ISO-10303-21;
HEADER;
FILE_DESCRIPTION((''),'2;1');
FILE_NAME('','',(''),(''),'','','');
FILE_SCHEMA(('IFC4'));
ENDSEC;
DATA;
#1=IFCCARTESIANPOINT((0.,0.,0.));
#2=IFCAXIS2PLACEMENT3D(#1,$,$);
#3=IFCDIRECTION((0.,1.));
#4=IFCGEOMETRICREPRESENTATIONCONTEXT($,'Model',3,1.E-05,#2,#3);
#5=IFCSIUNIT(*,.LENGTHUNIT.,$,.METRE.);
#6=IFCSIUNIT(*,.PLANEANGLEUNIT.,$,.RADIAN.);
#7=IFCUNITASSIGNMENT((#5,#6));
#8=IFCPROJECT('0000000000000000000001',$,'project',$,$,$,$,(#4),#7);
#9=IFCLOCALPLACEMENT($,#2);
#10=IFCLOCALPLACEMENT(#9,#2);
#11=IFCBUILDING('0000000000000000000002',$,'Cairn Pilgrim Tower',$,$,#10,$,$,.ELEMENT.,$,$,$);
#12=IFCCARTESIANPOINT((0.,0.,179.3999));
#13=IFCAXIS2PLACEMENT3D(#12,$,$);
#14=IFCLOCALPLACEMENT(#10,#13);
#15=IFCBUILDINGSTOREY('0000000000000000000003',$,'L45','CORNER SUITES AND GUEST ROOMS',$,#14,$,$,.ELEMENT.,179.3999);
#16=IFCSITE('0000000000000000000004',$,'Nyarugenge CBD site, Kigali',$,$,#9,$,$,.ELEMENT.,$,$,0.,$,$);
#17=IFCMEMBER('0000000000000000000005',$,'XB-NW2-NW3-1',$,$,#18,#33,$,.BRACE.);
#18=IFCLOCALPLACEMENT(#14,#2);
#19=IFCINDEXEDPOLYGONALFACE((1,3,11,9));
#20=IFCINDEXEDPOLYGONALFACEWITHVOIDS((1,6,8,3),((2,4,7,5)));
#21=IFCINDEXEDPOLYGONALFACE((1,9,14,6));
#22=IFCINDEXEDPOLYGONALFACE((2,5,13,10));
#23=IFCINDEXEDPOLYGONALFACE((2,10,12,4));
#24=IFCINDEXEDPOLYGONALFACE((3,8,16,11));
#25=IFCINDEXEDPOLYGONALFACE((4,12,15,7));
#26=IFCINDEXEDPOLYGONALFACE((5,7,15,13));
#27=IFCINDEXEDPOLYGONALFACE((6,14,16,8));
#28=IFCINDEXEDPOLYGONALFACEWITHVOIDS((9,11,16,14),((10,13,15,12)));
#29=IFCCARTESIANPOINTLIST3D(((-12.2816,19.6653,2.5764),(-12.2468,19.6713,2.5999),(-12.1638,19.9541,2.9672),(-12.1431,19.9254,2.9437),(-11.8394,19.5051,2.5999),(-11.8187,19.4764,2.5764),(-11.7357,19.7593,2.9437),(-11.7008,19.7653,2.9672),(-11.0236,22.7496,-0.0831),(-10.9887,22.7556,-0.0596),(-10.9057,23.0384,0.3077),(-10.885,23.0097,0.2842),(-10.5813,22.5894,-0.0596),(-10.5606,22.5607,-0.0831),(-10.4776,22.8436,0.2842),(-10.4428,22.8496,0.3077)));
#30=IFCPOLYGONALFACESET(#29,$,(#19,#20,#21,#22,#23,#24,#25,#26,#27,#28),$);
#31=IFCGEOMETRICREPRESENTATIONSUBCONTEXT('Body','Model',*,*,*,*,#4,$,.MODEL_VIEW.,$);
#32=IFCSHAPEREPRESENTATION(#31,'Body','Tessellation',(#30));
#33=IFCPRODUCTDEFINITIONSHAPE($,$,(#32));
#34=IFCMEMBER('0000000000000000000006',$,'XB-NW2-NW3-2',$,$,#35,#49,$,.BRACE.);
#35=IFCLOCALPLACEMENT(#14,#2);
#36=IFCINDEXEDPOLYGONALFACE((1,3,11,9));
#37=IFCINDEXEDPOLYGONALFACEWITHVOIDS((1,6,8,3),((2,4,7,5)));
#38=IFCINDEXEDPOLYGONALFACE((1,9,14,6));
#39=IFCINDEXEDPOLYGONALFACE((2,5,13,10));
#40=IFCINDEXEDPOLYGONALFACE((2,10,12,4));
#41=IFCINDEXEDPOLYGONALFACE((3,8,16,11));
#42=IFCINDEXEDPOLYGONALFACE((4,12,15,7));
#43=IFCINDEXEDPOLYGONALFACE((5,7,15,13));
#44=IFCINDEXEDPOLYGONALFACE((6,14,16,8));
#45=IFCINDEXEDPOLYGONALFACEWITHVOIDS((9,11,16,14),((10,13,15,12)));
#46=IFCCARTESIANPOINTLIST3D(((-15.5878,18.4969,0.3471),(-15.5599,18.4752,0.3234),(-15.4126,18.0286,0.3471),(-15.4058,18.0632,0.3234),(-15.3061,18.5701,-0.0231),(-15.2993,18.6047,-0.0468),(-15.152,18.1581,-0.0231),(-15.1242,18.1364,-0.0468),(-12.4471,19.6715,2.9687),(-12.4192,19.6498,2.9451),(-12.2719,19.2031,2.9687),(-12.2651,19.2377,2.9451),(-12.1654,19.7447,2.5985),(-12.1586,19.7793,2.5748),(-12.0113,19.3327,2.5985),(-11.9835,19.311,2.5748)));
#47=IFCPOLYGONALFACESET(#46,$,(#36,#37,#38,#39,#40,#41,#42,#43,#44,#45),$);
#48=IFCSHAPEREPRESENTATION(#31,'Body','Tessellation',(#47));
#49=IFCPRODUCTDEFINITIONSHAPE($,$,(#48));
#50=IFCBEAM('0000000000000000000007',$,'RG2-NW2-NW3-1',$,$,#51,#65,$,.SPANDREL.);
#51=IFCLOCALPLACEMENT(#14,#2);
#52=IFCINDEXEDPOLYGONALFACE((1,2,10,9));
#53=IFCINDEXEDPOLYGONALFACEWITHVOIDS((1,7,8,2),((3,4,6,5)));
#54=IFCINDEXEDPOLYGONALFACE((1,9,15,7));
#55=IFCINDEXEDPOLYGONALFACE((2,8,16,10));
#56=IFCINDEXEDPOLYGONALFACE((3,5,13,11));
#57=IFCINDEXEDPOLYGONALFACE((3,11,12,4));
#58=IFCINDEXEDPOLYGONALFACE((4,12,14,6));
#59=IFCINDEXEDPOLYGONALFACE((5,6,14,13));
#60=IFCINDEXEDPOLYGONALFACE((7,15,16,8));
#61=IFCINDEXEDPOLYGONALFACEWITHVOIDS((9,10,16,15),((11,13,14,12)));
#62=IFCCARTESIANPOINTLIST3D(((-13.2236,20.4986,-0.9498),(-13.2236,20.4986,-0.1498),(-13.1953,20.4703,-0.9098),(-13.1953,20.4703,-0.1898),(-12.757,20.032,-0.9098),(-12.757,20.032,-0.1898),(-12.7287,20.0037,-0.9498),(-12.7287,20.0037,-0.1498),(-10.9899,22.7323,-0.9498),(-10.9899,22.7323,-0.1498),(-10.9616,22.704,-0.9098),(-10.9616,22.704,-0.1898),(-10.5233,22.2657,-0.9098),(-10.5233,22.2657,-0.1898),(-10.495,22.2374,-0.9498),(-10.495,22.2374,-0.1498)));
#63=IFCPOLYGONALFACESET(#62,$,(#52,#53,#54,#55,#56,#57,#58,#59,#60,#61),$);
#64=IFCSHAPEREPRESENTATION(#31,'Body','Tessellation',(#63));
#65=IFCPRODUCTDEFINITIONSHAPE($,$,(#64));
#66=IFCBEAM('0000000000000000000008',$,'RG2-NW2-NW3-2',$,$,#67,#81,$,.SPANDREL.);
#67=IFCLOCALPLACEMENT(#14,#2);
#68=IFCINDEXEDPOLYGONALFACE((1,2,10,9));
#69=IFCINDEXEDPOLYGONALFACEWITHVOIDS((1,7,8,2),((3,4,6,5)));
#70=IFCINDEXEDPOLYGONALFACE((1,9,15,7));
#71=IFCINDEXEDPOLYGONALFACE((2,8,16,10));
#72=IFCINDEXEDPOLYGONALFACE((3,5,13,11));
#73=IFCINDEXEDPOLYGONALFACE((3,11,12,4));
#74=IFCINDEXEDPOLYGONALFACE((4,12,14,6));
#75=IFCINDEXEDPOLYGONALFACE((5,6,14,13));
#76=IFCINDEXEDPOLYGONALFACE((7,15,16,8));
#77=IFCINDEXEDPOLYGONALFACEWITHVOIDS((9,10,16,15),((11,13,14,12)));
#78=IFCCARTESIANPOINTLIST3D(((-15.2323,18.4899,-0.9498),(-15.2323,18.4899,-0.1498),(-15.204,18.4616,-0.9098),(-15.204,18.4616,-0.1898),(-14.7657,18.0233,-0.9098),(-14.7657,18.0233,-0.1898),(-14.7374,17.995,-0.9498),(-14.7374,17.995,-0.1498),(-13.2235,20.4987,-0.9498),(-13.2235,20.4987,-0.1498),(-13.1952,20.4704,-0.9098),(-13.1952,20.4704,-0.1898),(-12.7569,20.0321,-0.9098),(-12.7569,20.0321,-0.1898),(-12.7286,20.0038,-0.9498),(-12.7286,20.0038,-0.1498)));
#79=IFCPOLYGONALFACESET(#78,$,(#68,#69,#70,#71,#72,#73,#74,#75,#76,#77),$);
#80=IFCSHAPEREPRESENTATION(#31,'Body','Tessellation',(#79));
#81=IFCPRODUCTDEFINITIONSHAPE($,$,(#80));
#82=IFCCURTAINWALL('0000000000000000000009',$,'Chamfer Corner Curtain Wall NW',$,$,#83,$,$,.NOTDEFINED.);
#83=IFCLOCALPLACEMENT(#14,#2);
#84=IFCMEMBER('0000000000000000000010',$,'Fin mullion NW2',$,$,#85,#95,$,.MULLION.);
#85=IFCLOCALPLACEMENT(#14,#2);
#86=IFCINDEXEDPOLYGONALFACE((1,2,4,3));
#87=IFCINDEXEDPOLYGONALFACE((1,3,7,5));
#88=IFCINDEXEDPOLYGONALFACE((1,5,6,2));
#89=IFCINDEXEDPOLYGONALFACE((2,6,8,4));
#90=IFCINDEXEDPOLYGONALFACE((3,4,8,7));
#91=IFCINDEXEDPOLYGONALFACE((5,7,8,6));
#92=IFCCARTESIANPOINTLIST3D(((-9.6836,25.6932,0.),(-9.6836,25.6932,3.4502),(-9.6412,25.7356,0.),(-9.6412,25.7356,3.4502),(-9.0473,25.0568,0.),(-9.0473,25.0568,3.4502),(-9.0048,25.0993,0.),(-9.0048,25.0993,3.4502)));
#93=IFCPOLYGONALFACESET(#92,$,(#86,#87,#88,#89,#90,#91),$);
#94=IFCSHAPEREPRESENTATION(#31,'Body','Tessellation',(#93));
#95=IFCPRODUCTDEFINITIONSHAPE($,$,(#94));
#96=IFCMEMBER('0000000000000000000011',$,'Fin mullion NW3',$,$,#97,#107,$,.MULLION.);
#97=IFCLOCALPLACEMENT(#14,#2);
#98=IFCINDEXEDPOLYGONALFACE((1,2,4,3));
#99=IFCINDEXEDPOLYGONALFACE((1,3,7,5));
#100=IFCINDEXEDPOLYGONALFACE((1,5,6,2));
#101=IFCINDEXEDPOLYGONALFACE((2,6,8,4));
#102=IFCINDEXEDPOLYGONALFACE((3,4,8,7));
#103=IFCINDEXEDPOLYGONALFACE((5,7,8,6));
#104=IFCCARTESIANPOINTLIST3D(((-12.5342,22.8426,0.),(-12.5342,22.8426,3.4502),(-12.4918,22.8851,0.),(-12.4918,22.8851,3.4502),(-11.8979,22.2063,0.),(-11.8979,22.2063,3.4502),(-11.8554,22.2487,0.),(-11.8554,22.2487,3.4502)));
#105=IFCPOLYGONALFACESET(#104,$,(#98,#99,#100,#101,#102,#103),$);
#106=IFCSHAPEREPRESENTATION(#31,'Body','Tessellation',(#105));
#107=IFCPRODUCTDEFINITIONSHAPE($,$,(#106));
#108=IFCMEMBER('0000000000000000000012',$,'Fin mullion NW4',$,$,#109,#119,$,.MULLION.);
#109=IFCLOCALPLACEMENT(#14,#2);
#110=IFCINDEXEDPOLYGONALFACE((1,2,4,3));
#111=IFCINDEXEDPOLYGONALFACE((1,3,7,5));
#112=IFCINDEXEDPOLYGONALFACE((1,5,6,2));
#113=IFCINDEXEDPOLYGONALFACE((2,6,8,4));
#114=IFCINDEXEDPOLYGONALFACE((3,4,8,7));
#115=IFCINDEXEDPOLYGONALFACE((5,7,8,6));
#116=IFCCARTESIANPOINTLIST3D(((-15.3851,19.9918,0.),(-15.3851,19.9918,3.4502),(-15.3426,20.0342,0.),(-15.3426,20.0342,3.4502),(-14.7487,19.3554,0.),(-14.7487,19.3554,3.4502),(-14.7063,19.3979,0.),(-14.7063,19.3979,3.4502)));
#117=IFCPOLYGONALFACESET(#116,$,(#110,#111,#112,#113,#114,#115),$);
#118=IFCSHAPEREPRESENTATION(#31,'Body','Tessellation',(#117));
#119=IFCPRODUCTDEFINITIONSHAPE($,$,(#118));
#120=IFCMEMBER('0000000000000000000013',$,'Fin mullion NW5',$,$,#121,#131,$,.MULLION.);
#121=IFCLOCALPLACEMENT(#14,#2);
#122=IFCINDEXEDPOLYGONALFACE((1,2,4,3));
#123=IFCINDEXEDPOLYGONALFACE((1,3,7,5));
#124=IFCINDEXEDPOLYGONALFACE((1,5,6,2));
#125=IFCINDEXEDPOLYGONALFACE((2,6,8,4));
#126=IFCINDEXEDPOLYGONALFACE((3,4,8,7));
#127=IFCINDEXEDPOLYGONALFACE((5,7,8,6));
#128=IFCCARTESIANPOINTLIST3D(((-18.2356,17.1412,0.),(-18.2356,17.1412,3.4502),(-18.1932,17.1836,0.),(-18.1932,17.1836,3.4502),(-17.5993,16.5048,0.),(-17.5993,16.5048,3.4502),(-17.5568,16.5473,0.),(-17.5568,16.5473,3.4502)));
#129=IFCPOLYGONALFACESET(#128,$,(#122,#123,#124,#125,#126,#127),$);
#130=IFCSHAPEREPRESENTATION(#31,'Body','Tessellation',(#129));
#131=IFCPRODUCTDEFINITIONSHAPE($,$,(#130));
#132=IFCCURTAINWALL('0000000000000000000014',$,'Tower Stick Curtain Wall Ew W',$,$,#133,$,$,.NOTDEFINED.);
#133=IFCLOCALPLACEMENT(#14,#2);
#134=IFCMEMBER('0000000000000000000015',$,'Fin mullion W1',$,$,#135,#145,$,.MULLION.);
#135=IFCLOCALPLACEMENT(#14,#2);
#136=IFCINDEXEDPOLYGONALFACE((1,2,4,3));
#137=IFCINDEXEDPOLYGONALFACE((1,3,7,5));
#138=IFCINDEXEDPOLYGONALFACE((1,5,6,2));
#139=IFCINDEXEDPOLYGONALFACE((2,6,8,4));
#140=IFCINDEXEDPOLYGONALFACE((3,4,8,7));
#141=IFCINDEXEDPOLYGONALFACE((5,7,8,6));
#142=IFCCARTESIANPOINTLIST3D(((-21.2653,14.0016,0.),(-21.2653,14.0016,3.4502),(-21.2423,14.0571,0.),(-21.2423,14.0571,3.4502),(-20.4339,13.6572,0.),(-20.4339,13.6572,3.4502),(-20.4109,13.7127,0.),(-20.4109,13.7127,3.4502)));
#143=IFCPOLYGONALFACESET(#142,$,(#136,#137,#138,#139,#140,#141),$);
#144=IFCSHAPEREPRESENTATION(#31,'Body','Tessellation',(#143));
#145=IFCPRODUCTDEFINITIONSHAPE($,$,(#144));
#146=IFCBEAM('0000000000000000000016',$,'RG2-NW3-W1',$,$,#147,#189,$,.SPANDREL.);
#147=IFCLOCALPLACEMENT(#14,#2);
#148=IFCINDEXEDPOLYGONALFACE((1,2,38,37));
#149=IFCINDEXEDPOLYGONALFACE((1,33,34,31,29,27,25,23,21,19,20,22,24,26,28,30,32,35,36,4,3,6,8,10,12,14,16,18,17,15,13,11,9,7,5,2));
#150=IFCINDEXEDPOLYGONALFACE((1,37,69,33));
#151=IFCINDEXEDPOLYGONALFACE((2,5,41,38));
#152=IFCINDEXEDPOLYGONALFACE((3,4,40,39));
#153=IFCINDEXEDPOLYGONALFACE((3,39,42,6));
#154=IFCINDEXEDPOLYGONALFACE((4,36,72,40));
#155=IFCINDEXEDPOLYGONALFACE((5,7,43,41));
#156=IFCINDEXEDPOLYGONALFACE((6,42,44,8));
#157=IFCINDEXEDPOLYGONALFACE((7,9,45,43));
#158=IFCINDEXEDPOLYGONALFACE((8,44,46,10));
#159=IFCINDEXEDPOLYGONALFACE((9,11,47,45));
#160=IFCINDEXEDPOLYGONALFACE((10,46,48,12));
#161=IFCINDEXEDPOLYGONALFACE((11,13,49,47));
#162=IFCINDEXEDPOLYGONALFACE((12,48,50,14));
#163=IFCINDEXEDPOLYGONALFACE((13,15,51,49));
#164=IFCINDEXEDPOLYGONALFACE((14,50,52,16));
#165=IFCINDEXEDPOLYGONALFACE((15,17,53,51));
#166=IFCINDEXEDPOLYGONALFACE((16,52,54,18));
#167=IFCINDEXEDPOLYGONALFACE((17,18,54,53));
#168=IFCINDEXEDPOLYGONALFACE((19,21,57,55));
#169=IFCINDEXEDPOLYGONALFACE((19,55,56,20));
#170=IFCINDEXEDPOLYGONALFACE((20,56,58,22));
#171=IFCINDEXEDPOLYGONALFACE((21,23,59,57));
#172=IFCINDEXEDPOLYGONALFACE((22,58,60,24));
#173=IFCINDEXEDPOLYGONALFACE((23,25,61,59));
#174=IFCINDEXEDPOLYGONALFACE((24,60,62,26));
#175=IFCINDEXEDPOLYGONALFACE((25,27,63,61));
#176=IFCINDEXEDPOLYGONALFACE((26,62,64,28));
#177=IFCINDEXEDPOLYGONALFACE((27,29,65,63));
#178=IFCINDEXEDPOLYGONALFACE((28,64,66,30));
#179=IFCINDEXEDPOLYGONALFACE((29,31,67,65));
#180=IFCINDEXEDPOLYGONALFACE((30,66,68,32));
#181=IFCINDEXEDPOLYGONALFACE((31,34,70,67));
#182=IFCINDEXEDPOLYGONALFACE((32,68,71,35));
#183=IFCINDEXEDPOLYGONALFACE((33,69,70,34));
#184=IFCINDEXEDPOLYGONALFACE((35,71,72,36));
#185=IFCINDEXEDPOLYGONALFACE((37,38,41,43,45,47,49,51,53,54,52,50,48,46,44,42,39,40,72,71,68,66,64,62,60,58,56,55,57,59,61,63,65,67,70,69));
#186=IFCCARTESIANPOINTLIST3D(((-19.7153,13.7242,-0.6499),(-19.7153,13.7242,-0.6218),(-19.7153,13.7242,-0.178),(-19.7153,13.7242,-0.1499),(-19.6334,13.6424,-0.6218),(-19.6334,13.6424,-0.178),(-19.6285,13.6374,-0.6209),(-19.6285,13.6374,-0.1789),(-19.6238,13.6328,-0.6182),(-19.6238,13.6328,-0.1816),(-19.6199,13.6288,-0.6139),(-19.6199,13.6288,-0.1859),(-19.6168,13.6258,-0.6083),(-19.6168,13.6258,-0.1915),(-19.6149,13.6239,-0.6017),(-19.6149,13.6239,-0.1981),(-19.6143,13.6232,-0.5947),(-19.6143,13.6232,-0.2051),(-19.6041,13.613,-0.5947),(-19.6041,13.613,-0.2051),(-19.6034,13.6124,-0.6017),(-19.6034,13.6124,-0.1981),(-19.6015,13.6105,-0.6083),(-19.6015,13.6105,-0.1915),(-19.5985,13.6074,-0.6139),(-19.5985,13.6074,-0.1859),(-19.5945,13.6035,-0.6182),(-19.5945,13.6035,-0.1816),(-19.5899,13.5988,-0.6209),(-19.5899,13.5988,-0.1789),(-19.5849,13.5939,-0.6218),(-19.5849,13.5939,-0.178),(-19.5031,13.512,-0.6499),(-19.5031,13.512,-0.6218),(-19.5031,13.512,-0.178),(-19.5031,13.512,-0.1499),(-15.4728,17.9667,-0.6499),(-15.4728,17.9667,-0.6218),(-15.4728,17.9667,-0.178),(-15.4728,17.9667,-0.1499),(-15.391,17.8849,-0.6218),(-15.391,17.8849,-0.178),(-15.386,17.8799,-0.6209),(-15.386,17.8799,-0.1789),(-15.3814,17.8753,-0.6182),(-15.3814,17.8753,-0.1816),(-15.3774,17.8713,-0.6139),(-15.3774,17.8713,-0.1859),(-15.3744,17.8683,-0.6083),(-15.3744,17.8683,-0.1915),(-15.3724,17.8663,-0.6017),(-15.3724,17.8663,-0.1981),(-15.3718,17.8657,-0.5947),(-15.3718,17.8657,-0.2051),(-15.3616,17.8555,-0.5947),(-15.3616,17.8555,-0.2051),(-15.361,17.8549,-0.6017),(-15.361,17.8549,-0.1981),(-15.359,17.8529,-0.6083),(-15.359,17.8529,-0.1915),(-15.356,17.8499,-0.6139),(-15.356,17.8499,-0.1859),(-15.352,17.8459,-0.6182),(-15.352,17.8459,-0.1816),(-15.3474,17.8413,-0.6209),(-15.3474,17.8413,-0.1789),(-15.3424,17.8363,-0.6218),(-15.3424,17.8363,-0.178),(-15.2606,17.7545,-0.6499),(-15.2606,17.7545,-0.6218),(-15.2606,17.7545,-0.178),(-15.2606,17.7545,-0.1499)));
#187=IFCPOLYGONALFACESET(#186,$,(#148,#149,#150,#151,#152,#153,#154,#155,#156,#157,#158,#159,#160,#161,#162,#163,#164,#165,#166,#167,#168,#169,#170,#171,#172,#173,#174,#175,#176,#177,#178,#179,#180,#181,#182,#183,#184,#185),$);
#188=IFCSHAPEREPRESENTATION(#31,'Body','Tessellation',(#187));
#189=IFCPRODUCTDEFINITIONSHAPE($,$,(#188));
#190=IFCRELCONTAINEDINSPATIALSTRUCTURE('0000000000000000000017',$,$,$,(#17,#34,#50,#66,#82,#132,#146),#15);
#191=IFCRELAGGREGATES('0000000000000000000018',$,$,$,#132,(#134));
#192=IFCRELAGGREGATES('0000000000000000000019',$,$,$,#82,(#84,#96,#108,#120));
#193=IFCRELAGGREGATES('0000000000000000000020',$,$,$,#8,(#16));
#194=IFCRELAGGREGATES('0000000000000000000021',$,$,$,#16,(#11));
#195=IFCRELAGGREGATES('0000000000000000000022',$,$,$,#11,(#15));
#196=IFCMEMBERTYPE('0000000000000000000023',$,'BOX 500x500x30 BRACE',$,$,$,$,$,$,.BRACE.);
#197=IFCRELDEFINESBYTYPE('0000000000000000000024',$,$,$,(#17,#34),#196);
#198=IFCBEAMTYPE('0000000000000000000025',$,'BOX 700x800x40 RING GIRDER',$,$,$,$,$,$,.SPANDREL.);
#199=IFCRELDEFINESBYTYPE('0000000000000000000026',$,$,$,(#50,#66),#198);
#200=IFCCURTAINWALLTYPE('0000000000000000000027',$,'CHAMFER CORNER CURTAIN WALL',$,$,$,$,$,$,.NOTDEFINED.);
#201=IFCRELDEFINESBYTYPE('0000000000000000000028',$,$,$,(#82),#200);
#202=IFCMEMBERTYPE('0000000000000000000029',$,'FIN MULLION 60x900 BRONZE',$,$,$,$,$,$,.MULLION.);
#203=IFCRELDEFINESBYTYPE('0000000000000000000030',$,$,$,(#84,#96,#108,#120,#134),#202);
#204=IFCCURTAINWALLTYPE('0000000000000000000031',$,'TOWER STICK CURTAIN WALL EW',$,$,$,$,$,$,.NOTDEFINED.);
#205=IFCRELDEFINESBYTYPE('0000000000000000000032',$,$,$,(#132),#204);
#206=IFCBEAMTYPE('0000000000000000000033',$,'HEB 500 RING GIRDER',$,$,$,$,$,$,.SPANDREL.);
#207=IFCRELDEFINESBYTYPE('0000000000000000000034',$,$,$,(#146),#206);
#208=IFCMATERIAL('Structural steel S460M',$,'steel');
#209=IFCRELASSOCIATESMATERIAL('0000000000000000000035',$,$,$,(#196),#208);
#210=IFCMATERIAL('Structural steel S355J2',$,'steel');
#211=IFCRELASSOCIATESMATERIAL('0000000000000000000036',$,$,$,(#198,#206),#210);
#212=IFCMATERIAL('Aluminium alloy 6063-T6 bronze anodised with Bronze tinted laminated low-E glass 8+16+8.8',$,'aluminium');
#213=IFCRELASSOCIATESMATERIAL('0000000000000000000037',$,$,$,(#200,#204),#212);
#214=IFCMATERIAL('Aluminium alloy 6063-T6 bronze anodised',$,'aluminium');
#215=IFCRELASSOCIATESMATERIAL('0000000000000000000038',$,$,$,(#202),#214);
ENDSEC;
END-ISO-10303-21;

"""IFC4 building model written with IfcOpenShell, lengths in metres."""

from ifc_helpers import new_model, si_unit, direction, frame, origin, origin_2d, place, context, subcontext, project, spatial, rectangle, hollow_rectangle, i_section, extrude, material, material_profile, profile_set, type_object, element, aggregate, save


model = new_model("IFC4")

# Units and contexts
model_context = context("Model", 3, precision=1e-05, world=origin(), true_north=direction((0.0, 1.0)))
body_context = subcontext(model_context, "Body", "Model", "MODEL_VIEW")
ifc_project = project(units=[si_unit("LENGTHUNIT", "METRE"), si_unit("PLANEANGLEUNIT", "RADIAN")], contexts=[model_context])

# Site, building, storey
site_placement = place(None, origin())
site = spatial("IfcSite", under=ifc_project, at=site_placement, Name="Nyarugenge CBD site, Kigali", CompositionType="ELEMENT", RefElevation=0.0)
building_placement = place(site_placement, origin())
building = spatial("IfcBuilding", under=site, at=building_placement, Name="Cairn Pilgrim Tower", CompositionType="ELEMENT")
storey_placement = place(building_placement, frame((0.0, 0.0, 179.3999)))
storey = spatial("IfcBuildingStorey", under=building, at=storey_placement, Name="L45", Description="CORNER SUITES AND GUEST ROOMS", CompositionType="ELEMENT", Elevation=179.3999)

# Shared definitions
ifc_material_1 = material(Name="Structural steel S460M", Category="steel")

# Members
ifc_material_profile_1 = material_profile(ifc_material_1, hollow_rectangle(XDim=0.5, YDim=0.5, WallThickness=0.03, at=origin_2d()), Name="BOX 500x500x30")
ifc_profile_set_1 = profile_set([ifc_material_profile_1], Name="Structural steel S460M")
member_type_1 = type_object("IfcMemberType", Name="BOX 500x500x30 BRACE", PredefinedType="BRACE", material=ifc_profile_set_1)
member_1_placement = place(storey_placement, frame((-10.7332, 22.7996, 0.1123), z_axis=(-0.295155, -0.723597, 0.623932), x_axis=(0.925933, -0.377688, 0.0)))
element("IfcMember", 1, at=member_1_placement, inside=storey, type_object=member_type_1, Name="XB-NW2-NW3-1", PredefinedType="BRACE", context=body_context, shape_type="SweptSolid", body=[
    extrude(hollow_rectangle(XDim=0.5, YDim=0.5, WallThickness=0.03, at=origin_2d()), origin(), (0.0, 0.0, 1.0), 4.2625),
])
member_2_placement = place(storey_placement, frame((-15.356, 18.3167, 0.1501), z_axis=(0.737882, 0.27596, 0.615935), x_axis=(-0.350293, 0.93664, 0.0)))
element("IfcMember", 2, at=member_2_placement, inside=storey, type_object=member_type_1, Name="XB-NW2-NW3-2", PredefinedType="BRACE", context=body_context, shape_type="SweptSolid", body=[
    extrude(hollow_rectangle(XDim=0.5, YDim=0.5, WallThickness=0.03, at=origin_2d()), origin(), (0.0, 0.0, 1.0), 4.2563),
])

# Beams
ifc_material_2 = material(Name="Structural steel S355J2", Category="steel")
ifc_material_profile_2 = material_profile(ifc_material_2, hollow_rectangle(XDim=0.7, YDim=0.8, WallThickness=0.04, at=origin_2d()), Name="BOX 700x800x40")
ifc_profile_set_2 = profile_set([ifc_material_profile_2], Name="Structural steel S355J2")
beam_type_1 = type_object("IfcBeamType", Name="BOX 700x800x40 RING GIRDER", PredefinedType="SPANDREL", material=ifc_profile_set_2)
beam_1_placement = place(storey_placement, frame((-10.7424, 22.4849, -0.5498), z_axis=(-0.707107, -0.707107, 0.0), x_axis=(0.707107, -0.707107, 0.0)))
element("IfcBeam", 3, at=beam_1_placement, inside=storey, type_object=beam_type_1, Name="RG2-NW2-NW3-1", PredefinedType="SPANDREL", context=body_context, shape_type="SweptSolid", body=[
    extrude(hollow_rectangle(XDim=0.7, YDim=0.8, WallThickness=0.04, at=origin_2d()), origin(), (0.0, 0.0, 1.0), 3.1589),
])
beam_2_placement = place(storey_placement, frame((-12.9761, 20.2512, -0.5498), z_axis=(-0.707107, -0.707107, 0.0), x_axis=(0.707107, -0.707107, 0.0)))
element("IfcBeam", 4, at=beam_2_placement, inside=storey, type_object=beam_type_1, Name="RG2-NW2-NW3-2", PredefinedType="SPANDREL", context=body_context, shape_type="SweptSolid", body=[
    extrude(hollow_rectangle(XDim=0.7, YDim=0.8, WallThickness=0.04, at=origin_2d()), origin(), (0.0, 0.0, 1.0), 2.8408),
])

# Curtain wall, members
ifc_material_3 = material(Name="Aluminium alloy 6063-T6 bronze anodised with Bronze tinted laminated low-E glass 8+16+8.8", Category="aluminium")
curtain_wall_type_1 = type_object("IfcCurtainWallType", Name="CHAMFER CORNER CURTAIN WALL", PredefinedType="NOTDEFINED", material=ifc_material_3)
curtain_wall_1_placement = place(storey_placement, origin())
curtain_wall_1 = element("IfcCurtainWall", 5, at=curtain_wall_1_placement, inside=storey, type_object=curtain_wall_type_1, Name="Chamfer Corner Curtain Wall NW", PredefinedType="NOTDEFINED")
ifc_material_4 = material(Name="Aluminium alloy 6063-T6 bronze anodised", Category="aluminium")
ifc_material_profile_3 = material_profile(ifc_material_4, rectangle(XDim=0.8999, YDim=0.0601, at=origin_2d()), Name="FIN MULLION 60x900 BRONZE")
ifc_profile_set_3 = profile_set([ifc_material_profile_3], Name="Aluminium alloy 6063-T6 bronze anodised")
member_type_2 = type_object("IfcMemberType", Name="FIN MULLION 60x900 BRONZE", PredefinedType="MULLION", material=ifc_profile_set_3)
member_3_placement = place(storey_placement, frame((-9.3442, 25.3962, 0.0), z_axis=(0.0, 0.0, 1.0), x_axis=(-0.707107, 0.707107, 0.0)))
member_3 = element("IfcMember", 6, at=member_3_placement, type_object=member_type_2, Name="Fin mullion NW2", PredefinedType="MULLION", context=body_context, shape_type="SweptSolid", body=[
    extrude(rectangle(XDim=0.8999, YDim=0.0601, at=origin_2d()), origin(), (0.0, 0.0, 1.0), 3.4502),
])
member_4_placement = place(storey_placement, frame((-12.1948, 22.5457, 0.0), z_axis=(0.0, 0.0, 1.0), x_axis=(-0.707107, 0.707107, 0.0)))
member_4 = element("IfcMember", 7, at=member_4_placement, type_object=member_type_2, Name="Fin mullion NW3", PredefinedType="MULLION", context=body_context, shape_type="SweptSolid", body=[
    extrude(rectangle(XDim=0.8999, YDim=0.0601, at=origin_2d()), origin(), (0.0, 0.0, 1.0), 3.4502),
])
member_5_placement = place(storey_placement, frame((-15.0457, 19.6948, 0.0), z_axis=(0.0, 0.0, 1.0), x_axis=(-0.707107, 0.707107, 0.0)))
member_5 = element("IfcMember", 8, at=member_5_placement, type_object=member_type_2, Name="Fin mullion NW4", PredefinedType="MULLION", context=body_context, shape_type="SweptSolid", body=[
    extrude(rectangle(XDim=0.8999, YDim=0.0601, at=origin_2d()), origin(), (0.0, 0.0, 1.0), 3.4502),
])
member_6_placement = place(storey_placement, frame((-17.8962, 16.8442, 0.0), z_axis=(0.0, 0.0, 1.0), x_axis=(-0.707107, 0.707107, 0.0)))
member_6 = element("IfcMember", 9, at=member_6_placement, type_object=member_type_2, Name="Fin mullion NW5", PredefinedType="MULLION", context=body_context, shape_type="SweptSolid", body=[
    extrude(rectangle(XDim=0.8999, YDim=0.0601, at=origin_2d()), origin(), (0.0, 0.0, 1.0), 3.4502),
])

# Curtain wall, member
curtain_wall_type_2 = type_object("IfcCurtainWallType", Name="TOWER STICK CURTAIN WALL EW", PredefinedType="NOTDEFINED", material=ifc_material_3)
curtain_wall_2_placement = place(storey_placement, origin())
curtain_wall_2 = element("IfcCurtainWall", 10, at=curtain_wall_2_placement, inside=storey, type_object=curtain_wall_type_2, Name="Tower Stick Curtain Wall Ew W", PredefinedType="NOTDEFINED")
member_7_placement = place(storey_placement, frame((-20.8381, 13.8572, 0.0), z_axis=(0.0, 0.0, 1.0), x_axis=(-0.92388, 0.382683, 0.0)))
member_7 = element("IfcMember", 11, at=member_7_placement, type_object=member_type_2, Name="Fin mullion W1", PredefinedType="MULLION", context=body_context, shape_type="SweptSolid", body=[
    extrude(rectangle(XDim=0.8999, YDim=0.0601, at=origin_2d()), origin(), (0.0, 0.0, 1.0), 3.4502),
])

# Beam
ifc_material_profile_4 = material_profile(ifc_material_2, i_section(OverallWidth=0.3, OverallDepth=0.5, WebThickness=0.0144, FlangeThickness=0.0281, FilletRadius=0.0271, at=origin_2d()), Name="HEB 500")
ifc_profile_set_4 = profile_set([ifc_material_profile_4], Name="Structural steel S355J2")
beam_type_2 = type_object("IfcBeamType", Name="HEB 500 RING GIRDER", PredefinedType="SPANDREL", material=ifc_profile_set_4)
beam_3_placement = place(storey_placement, frame((-15.3667, 17.8606, -0.3999), z_axis=(-0.707107, -0.707107, 0.0), x_axis=(0.707107, -0.707107, 0.0)))
element("IfcBeam", 12, at=beam_3_placement, inside=storey, type_object=beam_type_2, Name="RG2-NW3-W1", PredefinedType="SPANDREL", context=body_context, shape_type="SweptSolid", body=[
    extrude(i_section(OverallWidth=0.3, OverallDepth=0.5, WebThickness=0.0144, FlangeThickness=0.0281, FilletRadius=0.0271, at=origin_2d()), origin(), (0.0, 0.0, 1.0), 5.9998),
])

aggregate(curtain_wall_2, [member_7])

aggregate(curtain_wall_1, [member_3, member_4, member_5, member_6])

save(model, "model.ifc")
